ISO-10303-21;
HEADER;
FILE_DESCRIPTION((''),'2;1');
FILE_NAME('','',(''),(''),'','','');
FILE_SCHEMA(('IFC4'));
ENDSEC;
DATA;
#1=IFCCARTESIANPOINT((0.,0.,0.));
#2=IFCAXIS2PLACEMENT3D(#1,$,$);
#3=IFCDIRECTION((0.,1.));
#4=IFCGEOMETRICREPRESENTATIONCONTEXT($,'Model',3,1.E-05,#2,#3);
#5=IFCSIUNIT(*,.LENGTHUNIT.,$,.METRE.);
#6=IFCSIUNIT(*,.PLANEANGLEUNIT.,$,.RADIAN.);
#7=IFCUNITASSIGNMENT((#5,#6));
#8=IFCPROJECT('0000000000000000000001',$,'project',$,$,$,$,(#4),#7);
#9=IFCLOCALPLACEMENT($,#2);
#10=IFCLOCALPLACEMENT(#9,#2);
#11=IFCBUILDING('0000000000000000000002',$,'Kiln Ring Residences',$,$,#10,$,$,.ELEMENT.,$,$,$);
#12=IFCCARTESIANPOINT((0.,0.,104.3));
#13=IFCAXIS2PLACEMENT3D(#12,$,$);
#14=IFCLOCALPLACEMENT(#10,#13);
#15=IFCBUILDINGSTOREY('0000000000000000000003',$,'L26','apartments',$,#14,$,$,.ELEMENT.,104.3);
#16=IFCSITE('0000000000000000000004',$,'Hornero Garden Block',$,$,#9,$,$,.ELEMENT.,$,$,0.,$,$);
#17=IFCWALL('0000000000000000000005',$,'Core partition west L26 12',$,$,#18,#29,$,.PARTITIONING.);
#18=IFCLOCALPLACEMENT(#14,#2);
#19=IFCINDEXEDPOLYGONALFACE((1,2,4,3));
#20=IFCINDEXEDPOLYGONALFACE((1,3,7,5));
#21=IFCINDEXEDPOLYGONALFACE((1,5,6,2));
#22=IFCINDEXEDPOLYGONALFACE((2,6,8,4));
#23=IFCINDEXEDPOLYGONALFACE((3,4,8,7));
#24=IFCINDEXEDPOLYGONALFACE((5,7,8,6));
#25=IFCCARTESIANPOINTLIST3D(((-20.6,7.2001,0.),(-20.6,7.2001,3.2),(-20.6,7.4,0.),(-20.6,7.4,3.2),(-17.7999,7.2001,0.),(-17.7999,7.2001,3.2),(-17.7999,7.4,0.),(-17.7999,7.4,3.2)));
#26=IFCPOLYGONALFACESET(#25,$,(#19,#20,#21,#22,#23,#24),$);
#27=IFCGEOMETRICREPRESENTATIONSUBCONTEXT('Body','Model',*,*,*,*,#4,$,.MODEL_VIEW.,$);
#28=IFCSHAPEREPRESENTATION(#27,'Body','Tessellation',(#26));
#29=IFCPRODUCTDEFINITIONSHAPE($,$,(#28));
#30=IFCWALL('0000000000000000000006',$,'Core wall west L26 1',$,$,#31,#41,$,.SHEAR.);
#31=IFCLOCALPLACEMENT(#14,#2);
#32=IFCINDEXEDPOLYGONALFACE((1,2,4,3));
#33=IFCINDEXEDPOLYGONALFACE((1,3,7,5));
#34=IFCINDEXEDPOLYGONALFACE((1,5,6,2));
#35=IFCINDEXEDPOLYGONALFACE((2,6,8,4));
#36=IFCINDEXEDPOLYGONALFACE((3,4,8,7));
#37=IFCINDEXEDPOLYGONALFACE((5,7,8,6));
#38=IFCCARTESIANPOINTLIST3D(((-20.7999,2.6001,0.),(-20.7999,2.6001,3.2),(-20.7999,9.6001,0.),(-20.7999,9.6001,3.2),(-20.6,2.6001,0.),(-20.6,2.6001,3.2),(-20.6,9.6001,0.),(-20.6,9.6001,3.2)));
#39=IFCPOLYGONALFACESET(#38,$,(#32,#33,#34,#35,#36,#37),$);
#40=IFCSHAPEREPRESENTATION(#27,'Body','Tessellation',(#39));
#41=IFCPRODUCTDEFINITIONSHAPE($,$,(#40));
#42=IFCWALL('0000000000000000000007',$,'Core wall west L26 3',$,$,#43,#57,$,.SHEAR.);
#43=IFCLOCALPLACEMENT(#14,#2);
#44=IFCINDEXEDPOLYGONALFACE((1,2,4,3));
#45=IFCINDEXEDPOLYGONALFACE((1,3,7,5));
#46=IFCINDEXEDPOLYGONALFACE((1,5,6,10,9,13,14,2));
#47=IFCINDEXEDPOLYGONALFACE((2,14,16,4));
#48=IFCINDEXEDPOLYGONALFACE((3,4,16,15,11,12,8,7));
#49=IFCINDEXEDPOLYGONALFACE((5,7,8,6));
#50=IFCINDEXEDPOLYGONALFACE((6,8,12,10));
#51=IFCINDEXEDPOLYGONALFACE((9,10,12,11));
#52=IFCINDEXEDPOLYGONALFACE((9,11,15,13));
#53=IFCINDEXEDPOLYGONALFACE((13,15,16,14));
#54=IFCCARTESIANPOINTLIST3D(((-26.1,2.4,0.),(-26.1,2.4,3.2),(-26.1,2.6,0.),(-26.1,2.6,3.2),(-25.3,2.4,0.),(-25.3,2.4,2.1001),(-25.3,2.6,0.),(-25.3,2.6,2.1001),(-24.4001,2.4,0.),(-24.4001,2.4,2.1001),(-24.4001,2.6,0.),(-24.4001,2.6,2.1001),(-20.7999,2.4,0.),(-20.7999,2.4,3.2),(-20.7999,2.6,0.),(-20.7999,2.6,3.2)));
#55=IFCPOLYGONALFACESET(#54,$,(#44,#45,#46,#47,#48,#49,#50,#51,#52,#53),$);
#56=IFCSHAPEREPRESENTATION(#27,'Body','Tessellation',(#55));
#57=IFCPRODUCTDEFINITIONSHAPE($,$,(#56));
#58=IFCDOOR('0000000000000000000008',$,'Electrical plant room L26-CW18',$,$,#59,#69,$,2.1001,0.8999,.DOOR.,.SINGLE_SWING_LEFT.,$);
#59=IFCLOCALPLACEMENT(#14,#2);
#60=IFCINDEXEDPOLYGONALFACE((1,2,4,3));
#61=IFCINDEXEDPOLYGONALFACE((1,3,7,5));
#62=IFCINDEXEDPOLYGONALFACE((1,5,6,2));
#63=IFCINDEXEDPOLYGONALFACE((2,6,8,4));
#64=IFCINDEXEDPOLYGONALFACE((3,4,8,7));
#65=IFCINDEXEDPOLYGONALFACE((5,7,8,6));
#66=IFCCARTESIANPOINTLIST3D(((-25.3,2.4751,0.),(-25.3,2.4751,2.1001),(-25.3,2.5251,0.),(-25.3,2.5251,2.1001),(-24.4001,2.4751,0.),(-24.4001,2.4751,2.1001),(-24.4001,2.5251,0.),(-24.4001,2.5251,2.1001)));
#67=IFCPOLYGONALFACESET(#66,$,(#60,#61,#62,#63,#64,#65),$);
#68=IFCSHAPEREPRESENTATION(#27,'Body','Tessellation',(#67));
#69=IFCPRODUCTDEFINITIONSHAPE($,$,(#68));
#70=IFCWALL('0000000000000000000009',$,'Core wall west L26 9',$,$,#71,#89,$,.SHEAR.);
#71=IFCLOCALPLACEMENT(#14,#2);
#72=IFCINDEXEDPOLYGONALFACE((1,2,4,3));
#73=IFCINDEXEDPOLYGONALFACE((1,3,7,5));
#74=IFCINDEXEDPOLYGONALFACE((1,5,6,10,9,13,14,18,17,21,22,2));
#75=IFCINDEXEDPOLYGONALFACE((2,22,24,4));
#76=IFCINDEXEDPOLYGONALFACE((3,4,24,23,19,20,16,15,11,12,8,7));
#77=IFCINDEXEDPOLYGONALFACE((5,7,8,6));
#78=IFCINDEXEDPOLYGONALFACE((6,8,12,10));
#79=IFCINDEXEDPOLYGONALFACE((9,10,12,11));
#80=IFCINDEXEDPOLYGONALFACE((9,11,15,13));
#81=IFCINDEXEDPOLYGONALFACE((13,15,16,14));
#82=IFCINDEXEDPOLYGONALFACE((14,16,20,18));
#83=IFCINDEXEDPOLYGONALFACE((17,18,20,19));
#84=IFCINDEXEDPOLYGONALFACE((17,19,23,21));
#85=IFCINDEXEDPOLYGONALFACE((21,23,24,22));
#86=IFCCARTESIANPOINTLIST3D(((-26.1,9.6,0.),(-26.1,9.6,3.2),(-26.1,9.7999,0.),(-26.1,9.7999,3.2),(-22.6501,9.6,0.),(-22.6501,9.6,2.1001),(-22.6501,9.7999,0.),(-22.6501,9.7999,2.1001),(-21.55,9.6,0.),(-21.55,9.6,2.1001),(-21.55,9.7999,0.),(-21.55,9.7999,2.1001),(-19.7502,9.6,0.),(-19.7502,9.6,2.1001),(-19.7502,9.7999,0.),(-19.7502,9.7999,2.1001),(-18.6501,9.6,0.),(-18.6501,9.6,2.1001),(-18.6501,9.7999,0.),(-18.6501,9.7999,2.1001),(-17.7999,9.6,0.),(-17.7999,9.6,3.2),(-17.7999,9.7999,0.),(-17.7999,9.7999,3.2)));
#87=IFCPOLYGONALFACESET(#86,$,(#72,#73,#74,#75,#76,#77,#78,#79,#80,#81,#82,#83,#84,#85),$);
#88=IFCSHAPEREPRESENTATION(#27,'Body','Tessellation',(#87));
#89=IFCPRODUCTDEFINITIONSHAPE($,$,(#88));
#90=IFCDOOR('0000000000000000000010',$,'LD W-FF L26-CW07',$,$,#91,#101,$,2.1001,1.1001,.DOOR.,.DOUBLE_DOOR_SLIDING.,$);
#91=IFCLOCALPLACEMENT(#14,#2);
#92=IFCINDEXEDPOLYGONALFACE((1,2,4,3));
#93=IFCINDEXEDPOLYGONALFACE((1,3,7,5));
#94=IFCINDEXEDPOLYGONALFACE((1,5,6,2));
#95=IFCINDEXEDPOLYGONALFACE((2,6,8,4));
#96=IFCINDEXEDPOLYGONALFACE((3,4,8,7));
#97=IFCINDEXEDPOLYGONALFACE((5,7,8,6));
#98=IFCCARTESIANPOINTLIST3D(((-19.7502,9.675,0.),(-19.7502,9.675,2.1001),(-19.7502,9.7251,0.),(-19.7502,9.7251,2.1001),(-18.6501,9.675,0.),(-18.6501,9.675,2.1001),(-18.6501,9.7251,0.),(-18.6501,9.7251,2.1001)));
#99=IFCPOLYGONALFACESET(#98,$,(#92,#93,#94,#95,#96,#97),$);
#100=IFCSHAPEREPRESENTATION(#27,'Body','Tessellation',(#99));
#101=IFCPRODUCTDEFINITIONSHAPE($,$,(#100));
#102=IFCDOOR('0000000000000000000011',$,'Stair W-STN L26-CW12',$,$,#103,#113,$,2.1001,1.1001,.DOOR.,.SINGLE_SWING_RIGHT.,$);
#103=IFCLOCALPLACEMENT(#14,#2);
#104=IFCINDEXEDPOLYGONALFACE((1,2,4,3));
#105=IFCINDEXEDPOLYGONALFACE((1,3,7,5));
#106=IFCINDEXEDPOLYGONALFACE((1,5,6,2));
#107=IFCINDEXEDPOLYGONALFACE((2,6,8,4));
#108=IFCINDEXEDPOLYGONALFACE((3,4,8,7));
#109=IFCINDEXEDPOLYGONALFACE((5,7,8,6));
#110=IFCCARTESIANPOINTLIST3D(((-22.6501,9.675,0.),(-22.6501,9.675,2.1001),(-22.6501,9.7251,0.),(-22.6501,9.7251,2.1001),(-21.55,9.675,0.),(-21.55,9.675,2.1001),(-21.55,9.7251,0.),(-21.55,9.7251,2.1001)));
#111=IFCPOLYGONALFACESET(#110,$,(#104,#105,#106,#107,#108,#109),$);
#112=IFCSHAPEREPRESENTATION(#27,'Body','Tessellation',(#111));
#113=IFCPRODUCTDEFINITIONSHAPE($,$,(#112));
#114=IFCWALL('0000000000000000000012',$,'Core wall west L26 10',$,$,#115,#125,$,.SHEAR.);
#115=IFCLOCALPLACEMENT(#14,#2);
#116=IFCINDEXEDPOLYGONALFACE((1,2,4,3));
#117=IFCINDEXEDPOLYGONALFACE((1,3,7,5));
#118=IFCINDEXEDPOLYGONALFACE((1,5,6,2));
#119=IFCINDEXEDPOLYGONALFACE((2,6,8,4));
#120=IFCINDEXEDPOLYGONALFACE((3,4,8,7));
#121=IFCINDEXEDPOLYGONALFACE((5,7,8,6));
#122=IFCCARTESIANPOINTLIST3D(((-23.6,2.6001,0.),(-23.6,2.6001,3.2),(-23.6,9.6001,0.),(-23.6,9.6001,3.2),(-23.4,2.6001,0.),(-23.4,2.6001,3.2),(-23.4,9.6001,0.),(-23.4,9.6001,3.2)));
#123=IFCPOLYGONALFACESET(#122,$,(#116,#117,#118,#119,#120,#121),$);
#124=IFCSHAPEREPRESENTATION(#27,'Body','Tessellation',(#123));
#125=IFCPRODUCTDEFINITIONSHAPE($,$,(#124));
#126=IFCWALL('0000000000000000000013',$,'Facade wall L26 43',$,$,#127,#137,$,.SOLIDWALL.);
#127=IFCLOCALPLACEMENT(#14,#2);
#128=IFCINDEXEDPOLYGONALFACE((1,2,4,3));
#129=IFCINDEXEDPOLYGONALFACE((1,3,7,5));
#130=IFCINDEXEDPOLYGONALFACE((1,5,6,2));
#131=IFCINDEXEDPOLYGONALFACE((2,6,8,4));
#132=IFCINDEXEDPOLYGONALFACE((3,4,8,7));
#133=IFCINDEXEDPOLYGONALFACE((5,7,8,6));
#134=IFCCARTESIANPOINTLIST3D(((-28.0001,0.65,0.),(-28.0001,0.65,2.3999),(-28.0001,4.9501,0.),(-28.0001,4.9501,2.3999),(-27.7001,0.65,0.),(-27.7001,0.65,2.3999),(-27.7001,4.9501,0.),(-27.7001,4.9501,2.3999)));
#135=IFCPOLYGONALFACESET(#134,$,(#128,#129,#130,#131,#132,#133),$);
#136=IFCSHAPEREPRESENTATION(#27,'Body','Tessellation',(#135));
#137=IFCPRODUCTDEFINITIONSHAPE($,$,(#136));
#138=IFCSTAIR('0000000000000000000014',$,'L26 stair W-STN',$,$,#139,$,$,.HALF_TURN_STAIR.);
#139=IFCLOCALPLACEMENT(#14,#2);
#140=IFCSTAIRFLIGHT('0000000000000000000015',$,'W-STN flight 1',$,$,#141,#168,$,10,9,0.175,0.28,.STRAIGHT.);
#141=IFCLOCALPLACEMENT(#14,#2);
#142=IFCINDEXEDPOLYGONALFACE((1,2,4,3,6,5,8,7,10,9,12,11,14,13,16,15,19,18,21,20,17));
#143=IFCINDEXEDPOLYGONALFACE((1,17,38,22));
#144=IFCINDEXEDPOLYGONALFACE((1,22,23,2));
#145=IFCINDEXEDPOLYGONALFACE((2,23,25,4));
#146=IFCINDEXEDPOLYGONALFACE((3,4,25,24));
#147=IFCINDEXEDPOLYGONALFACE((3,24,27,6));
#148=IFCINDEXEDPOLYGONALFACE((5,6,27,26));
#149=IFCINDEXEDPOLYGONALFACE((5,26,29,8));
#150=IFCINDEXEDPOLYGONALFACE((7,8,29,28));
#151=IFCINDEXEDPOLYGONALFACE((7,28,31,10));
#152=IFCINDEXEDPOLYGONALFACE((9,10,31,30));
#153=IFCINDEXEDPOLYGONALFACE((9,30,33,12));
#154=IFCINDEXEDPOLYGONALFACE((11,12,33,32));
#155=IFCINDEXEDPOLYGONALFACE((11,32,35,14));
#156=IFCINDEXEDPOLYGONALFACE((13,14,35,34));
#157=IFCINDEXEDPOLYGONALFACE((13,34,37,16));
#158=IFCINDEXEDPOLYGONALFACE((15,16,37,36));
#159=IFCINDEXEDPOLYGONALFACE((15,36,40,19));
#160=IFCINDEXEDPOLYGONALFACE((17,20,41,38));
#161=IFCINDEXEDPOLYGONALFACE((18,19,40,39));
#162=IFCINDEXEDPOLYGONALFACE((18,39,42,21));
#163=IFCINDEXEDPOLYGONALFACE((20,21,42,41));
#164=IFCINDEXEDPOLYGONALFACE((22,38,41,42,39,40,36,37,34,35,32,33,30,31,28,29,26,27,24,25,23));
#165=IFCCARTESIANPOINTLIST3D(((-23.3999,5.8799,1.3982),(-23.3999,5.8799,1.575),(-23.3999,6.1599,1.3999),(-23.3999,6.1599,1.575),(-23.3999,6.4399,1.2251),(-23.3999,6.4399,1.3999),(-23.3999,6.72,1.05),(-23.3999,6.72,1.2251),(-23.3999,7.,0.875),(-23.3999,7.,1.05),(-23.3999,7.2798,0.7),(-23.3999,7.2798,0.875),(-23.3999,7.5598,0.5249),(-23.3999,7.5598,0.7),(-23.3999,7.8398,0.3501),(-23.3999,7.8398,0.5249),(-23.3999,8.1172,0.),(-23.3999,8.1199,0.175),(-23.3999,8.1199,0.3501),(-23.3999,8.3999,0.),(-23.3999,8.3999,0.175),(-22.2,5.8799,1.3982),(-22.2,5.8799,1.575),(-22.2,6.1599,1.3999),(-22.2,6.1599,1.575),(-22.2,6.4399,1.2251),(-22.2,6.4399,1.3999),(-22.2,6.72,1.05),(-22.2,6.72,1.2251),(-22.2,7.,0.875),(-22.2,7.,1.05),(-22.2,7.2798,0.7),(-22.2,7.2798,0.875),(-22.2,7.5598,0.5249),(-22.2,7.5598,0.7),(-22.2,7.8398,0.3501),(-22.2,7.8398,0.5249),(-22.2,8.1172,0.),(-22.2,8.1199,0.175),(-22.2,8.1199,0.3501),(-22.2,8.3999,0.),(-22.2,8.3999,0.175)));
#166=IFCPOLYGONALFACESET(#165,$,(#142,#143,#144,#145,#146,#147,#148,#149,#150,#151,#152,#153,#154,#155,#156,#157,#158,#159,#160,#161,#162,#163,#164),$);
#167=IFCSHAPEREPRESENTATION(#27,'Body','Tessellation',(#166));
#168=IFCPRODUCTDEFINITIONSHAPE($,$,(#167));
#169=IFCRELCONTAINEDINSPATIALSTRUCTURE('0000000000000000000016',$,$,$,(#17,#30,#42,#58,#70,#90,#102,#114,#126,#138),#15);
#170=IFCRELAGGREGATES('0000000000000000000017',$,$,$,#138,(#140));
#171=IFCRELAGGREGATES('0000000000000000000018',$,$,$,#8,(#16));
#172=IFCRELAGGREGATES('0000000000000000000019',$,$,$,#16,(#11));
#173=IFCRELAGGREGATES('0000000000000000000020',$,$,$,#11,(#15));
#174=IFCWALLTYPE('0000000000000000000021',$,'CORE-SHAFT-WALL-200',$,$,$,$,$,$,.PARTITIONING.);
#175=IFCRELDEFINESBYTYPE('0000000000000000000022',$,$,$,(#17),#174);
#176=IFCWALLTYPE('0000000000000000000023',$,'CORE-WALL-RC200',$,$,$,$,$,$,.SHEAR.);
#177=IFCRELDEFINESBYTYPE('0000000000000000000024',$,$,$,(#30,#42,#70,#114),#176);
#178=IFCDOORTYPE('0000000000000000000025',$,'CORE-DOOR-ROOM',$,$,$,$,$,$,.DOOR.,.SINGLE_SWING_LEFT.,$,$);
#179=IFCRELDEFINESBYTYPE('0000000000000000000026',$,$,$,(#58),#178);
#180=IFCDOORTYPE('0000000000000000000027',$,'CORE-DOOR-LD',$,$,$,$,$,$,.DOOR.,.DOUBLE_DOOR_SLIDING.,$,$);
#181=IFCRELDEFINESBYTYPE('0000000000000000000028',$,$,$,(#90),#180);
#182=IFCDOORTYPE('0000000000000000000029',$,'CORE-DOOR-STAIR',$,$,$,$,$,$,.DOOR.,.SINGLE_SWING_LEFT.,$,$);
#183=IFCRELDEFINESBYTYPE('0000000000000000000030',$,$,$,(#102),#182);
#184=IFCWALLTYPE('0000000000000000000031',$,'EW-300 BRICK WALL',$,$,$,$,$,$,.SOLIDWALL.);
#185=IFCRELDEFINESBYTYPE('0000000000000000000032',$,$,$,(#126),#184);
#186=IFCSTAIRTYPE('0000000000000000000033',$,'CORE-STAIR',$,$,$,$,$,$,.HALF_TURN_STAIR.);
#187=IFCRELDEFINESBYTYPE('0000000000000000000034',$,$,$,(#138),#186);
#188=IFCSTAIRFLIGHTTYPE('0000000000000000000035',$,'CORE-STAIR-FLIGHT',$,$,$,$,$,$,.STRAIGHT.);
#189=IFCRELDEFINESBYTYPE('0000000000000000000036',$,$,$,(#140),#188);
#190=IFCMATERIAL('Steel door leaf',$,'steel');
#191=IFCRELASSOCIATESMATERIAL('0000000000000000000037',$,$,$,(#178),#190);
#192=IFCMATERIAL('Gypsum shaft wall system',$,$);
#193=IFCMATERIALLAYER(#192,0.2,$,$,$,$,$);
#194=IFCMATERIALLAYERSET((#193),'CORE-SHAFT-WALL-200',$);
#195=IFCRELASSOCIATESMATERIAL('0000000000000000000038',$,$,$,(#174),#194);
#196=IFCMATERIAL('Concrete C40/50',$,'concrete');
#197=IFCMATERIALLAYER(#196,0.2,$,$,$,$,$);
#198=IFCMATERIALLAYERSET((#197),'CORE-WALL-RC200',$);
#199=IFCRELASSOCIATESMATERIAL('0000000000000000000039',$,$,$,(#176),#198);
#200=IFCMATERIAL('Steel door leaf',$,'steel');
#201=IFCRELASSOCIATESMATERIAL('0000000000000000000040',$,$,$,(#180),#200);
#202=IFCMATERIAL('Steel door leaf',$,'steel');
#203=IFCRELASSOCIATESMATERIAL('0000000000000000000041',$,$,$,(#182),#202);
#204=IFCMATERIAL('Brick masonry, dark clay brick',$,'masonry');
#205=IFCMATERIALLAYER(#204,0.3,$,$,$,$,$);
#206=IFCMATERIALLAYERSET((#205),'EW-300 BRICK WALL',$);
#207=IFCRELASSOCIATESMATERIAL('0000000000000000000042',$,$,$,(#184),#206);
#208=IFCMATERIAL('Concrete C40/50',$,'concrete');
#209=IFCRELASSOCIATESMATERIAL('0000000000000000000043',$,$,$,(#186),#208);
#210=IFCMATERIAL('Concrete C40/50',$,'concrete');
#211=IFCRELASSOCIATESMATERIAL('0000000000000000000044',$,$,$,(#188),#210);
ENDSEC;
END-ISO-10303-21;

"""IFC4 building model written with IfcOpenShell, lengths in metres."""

from ifc_helpers import new_model, si_unit, direction, frame, frame_2d, origin, place, context, subcontext, project, spatial, polyline, rectangle, outline, extrude, material, layer, layer_set, type_object, element, fill, aggregate, save


model = new_model("IFC4")

# Units and contexts
model_context = context("Model", 3, precision=1e-05, world=origin(), true_north=direction((0.0, 1.0)))
body_context = subcontext(model_context, "Body", "Model", "MODEL_VIEW")
ifc_project = project(units=[si_unit("LENGTHUNIT", "METRE"), si_unit("PLANEANGLEUNIT", "RADIAN")], contexts=[model_context])

# Site, building, storey
site_placement = place(None, origin())
site = spatial("IfcSite", under=ifc_project, at=site_placement, Name="Hornero Garden Block", CompositionType="ELEMENT", RefElevation=0.0)
building_placement = place(site_placement, origin())
building = spatial("IfcBuilding", under=site, at=building_placement, Name="Kiln Ring Residences", CompositionType="ELEMENT")
storey_placement = place(building_placement, frame((0.0, 0.0, 104.3)))
storey = spatial("IfcBuildingStorey", under=building, at=storey_placement, Name="L26", Description="apartments", CompositionType="ELEMENT", Elevation=104.3)

# Shared definitions
ifc_material_1 = material(Name="Steel door leaf", Category="steel")
door_type_1 = type_object("IfcDoorType", Name="CORE-DOOR-ROOM", OperationType="SINGLE_SWING_LEFT", PredefinedType="DOOR", material=ifc_material_1)

# Shared definitions
ifc_material_2 = material(Name="Gypsum shaft wall system")
ifc_layer_1 = layer(ifc_material_2, 0.2)
ifc_layer_set_1 = layer_set([ifc_layer_1], Name="CORE-SHAFT-WALL-200")
wall_type_1 = type_object("IfcWallType", Name="CORE-SHAFT-WALL-200", PredefinedType="PARTITIONING", material=ifc_layer_set_1)

# Walls
wall_1_placement = place(storey_placement, frame((-17.8, 7.3, 0.0), z_axis=(0.0, 0.0, 1.0), x_axis=(-1.0, 0.0, 0.0)))
element("IfcWall", 1, at=wall_1_placement, inside=storey, type_object=wall_type_1, Name="Core partition west L26 12", PredefinedType="PARTITIONING", context=body_context, shape_type="SweptSolid", body=[
    extrude(rectangle(XDim=2.8, YDim=0.2, at=frame_2d((1.3999, 0.0))), origin(), (0.0, 0.0, 1.0), 3.2),
])
ifc_material_3 = material(Name="Concrete C40/50", Category="concrete")
ifc_layer_2 = layer(ifc_material_3, 0.2)
ifc_layer_set_2 = layer_set([ifc_layer_2], Name="CORE-WALL-RC200")
wall_type_2 = type_object("IfcWallType", Name="CORE-WALL-RC200", PredefinedType="SHEAR", material=ifc_layer_set_2)
wall_2_placement = place(storey_placement, frame((-20.7, 2.6001, 0.0), z_axis=(0.0, 0.0, 1.0), x_axis=(0.0, 1.0, 0.0)))
element("IfcWall", 2, at=wall_2_placement, inside=storey, type_object=wall_type_2, Name="Core wall west L26 1", PredefinedType="SHEAR", context=body_context, shape_type="SweptSolid", body=[
    extrude(rectangle(XDim=7.0, YDim=0.2, at=frame_2d((3.5, 0.0))), origin(), (0.0, 0.0, 1.0), 3.2),
])

# Wall, opening, door
wall_3_placement = place(storey_placement, frame((-20.8, 2.5, 0.0), z_axis=(0.0, 0.0, 1.0), x_axis=(-1.0, 0.0, 0.0)))
wall_3 = element("IfcWall", 3, at=wall_3_placement, inside=storey, type_object=wall_type_2, Name="Core wall west L26 3", PredefinedType="SHEAR", context=body_context, shape_type="SweptSolid", body=[
    extrude(rectangle(XDim=5.3, YDim=0.2, at=frame_2d((2.6499, 0.0))), origin(), (0.0, 0.0, 1.0), 3.2),
])
opening_1_placement = place(wall_3_placement, frame((3.6001, 0.0, 0.0)))
opening_1 = element("IfcOpeningElement", 4, at=opening_1_placement, cuts=wall_3, PredefinedType="OPENING", context=body_context, shape_type="SweptSolid", body=[
    extrude(rectangle(XDim=0.8999, YDim=2.1001, at=frame_2d((0.45, 1.05))), frame((0.0, 0.1099, 0.0), z_axis=(0.0, -1.0, 0.0), x_axis=(1.0, 0.0, 0.0)), (0.0, 0.0, 1.0), 0.22),
])
door_1_placement = place(opening_1_placement, origin())
door_1 = element("IfcDoor", 5, at=door_1_placement, inside=storey, type_object=door_type_1, Name="Electrical plant room L26-CW18", OperationType="SINGLE_SWING_LEFT", OverallHeight=2.1001, OverallWidth=0.8999, PredefinedType="DOOR", context=body_context, shape_type="SweptSolid", body=[
    extrude(rectangle(XDim=0.8999, YDim=2.1001, at=frame_2d((0.45, 1.05))), frame((0.0, 0.0249, 0.0), z_axis=(0.0, -1.0, 0.0), x_axis=(1.0, 0.0, 0.0)), (0.0, 0.0, 1.0), 0.05),
])
fill(opening_1, door_1)

# Wall, openings, doors
wall_4_placement = place(storey_placement, frame((-17.8, 9.7, 0.0), z_axis=(0.0, 0.0, 1.0), x_axis=(-1.0, 0.0, 0.0)))
wall_4 = element("IfcWall", 6, at=wall_4_placement, inside=storey, type_object=wall_type_2, Name="Core wall west L26 9", PredefinedType="SHEAR", context=body_context, shape_type="SweptSolid", body=[
    extrude(rectangle(XDim=8.3, YDim=0.2, at=frame_2d((4.1499, 0.0))), origin(), (0.0, 0.0, 1.0), 3.2),
])
opening_2_placement = place(wall_4_placement, frame((0.8501, 0.0, 0.0)))
opening_2 = element("IfcOpeningElement", 7, at=opening_2_placement, cuts=wall_4, PredefinedType="OPENING", context=body_context, shape_type="SweptSolid", body=[
    extrude(rectangle(XDim=1.1001, YDim=2.1001, at=frame_2d((0.55, 1.05))), frame((0.0, 0.1099, 0.0), z_axis=(0.0, -1.0, 0.0), x_axis=(1.0, 0.0, 0.0)), (0.0, 0.0, 1.0), 0.22),
])
opening_3_placement = place(wall_4_placement, frame((3.75, 0.0, 0.0)))
opening_3 = element("IfcOpeningElement", 8, at=opening_3_placement, cuts=wall_4, PredefinedType="OPENING", context=body_context, shape_type="SweptSolid", body=[
    extrude(rectangle(XDim=1.1001, YDim=2.1001, at=frame_2d((0.55, 1.05))), frame((0.0, 0.1099, 0.0), z_axis=(0.0, -1.0, 0.0), x_axis=(1.0, 0.0, 0.0)), (0.0, 0.0, 1.0), 0.22),
])
ifc_material_4 = material(Name="Steel door leaf", Category="steel")
door_type_2 = type_object("IfcDoorType", Name="CORE-DOOR-LD", OperationType="DOUBLE_DOOR_SLIDING", PredefinedType="DOOR", material=ifc_material_4)
door_2_placement = place(opening_2_placement, origin())
door_2 = element("IfcDoor", 9, at=door_2_placement, inside=storey, type_object=door_type_2, Name="LD W-FF L26-CW07", OperationType="DOUBLE_DOOR_SLIDING", OverallHeight=2.1001, OverallWidth=1.1001, PredefinedType="DOOR", context=body_context, shape_type="SweptSolid", body=[
    extrude(rectangle(XDim=1.1001, YDim=2.1001, at=frame_2d((0.55, 1.05))), frame((0.0, 0.0249, 0.0), z_axis=(0.0, -1.0, 0.0), x_axis=(1.0, 0.0, 0.0)), (0.0, 0.0, 1.0), 0.05),
])
fill(opening_2, door_2)
ifc_material_5 = material(Name="Steel door leaf", Category="steel")
door_type_3 = type_object("IfcDoorType", Name="CORE-DOOR-STAIR", OperationType="SINGLE_SWING_LEFT", PredefinedType="DOOR", material=ifc_material_5)
door_3_placement = place(opening_3_placement, origin())
door_3 = element("IfcDoor", 10, at=door_3_placement, inside=storey, type_object=door_type_3, Name="Stair W-STN L26-CW12", OperationType="SINGLE_SWING_RIGHT", OverallHeight=2.1001, OverallWidth=1.1001, PredefinedType="DOOR", context=body_context, shape_type="SweptSolid", body=[
    extrude(rectangle(XDim=1.1001, YDim=2.1001, at=frame_2d((0.55, 1.05))), frame((0.0, 0.0249, 0.0), z_axis=(0.0, -1.0, 0.0), x_axis=(1.0, 0.0, 0.0)), (0.0, 0.0, 1.0), 0.05),
])
fill(opening_3, door_3)

# Walls
wall_5_placement = place(storey_placement, frame((-23.5, 2.6001, 0.0), z_axis=(0.0, 0.0, 1.0), x_axis=(0.0, 1.0, 0.0)))
element("IfcWall", 11, at=wall_5_placement, inside=storey, type_object=wall_type_2, Name="Core wall west L26 10", PredefinedType="SHEAR", context=body_context, shape_type="SweptSolid", body=[
    extrude(rectangle(XDim=7.0, YDim=0.2, at=frame_2d((3.5, 0.0))), origin(), (0.0, 0.0, 1.0), 3.2),
])
ifc_material_6 = material(Name="Brick masonry, dark clay brick", Category="masonry")
ifc_layer_3 = layer(ifc_material_6, 0.3)
ifc_layer_set_3 = layer_set([ifc_layer_3], Name="EW-300 BRICK WALL")
wall_type_3 = type_object("IfcWallType", Name="EW-300 BRICK WALL", PredefinedType="SOLIDWALL", material=ifc_layer_set_3)
wall_6_placement = place(storey_placement, frame((-27.8501, 4.95, 0.0), z_axis=(0.0, 0.0, 1.0), x_axis=(0.0, -1.0, 0.0)))
element("IfcWall", 12, at=wall_6_placement, inside=storey, type_object=wall_type_3, Name="Facade wall L26 43", PredefinedType="SOLIDWALL", context=body_context, shape_type="SweptSolid", body=[
    extrude(rectangle(XDim=4.3, YDim=0.3, at=frame_2d((2.1499, 0.0))), origin(), (0.0, 0.0, 1.0), 2.3999),
])

# Stair, stair flight
ifc_material_7 = material(Name="Concrete C40/50", Category="concrete")
stair_type = type_object("IfcStairType", Name="CORE-STAIR", PredefinedType="HALF_TURN_STAIR", material=ifc_material_7)
stair_placement = place(storey_placement, origin())
stair = element("IfcStair", 13, at=stair_placement, inside=storey, type_object=stair_type, Name="L26 stair W-STN", PredefinedType="HALF_TURN_STAIR")
ifc_material_8 = material(Name="Concrete C40/50", Category="concrete")
stair_flight_type = type_object("IfcStairFlightType", Name="CORE-STAIR-FLIGHT", PredefinedType="STRAIGHT", material=ifc_material_8)
stair_flight_1_placement = place(storey_placement, frame((-22.8, 8.3999, 0.0), z_axis=(0.0, 0.0, 1.0), x_axis=(0.0, -1.0, 0.0)))
stair_flight_1 = element("IfcStairFlight", 14, at=stair_flight_1_placement, type_object=stair_flight_type, Name="W-STN flight 1", NumberOfRisers=10, NumberOfTreads=9, PredefinedType="STRAIGHT", RiserHeight=0.175, TreadLength=0.28, context=body_context, shape_type="SweptSolid", body=[
    extrude(outline(polyline([(0.0, 0.0), (0.0, 0.175), (0.28, 0.175), (0.28, 0.3501), (0.5601, 0.3501), (0.5601, 0.5249), (0.8401, 0.5249), (0.8401, 0.7), (1.1201, 0.7), (1.1201, 0.875), (1.3999, 0.875), (1.3999, 1.05), (1.6799, 1.05), (1.6799, 1.2251), (1.96, 1.2251), (1.96, 1.3999), (2.24, 1.3999), (2.24, 1.575), (2.52, 1.575), (2.52, 1.75), (2.52, 1.3982), (0.2827, 0.0), (0.0, 0.0)])), frame((0.0, 0.6001, 0.0), z_axis=(0.0, -1.0, 0.0), x_axis=(1.0, 0.0, 0.0)), (0.0, 0.0, 1.0), 1.2),
])
aggregate(stair, [stair_flight_1])

save(model, "model.ifc")
